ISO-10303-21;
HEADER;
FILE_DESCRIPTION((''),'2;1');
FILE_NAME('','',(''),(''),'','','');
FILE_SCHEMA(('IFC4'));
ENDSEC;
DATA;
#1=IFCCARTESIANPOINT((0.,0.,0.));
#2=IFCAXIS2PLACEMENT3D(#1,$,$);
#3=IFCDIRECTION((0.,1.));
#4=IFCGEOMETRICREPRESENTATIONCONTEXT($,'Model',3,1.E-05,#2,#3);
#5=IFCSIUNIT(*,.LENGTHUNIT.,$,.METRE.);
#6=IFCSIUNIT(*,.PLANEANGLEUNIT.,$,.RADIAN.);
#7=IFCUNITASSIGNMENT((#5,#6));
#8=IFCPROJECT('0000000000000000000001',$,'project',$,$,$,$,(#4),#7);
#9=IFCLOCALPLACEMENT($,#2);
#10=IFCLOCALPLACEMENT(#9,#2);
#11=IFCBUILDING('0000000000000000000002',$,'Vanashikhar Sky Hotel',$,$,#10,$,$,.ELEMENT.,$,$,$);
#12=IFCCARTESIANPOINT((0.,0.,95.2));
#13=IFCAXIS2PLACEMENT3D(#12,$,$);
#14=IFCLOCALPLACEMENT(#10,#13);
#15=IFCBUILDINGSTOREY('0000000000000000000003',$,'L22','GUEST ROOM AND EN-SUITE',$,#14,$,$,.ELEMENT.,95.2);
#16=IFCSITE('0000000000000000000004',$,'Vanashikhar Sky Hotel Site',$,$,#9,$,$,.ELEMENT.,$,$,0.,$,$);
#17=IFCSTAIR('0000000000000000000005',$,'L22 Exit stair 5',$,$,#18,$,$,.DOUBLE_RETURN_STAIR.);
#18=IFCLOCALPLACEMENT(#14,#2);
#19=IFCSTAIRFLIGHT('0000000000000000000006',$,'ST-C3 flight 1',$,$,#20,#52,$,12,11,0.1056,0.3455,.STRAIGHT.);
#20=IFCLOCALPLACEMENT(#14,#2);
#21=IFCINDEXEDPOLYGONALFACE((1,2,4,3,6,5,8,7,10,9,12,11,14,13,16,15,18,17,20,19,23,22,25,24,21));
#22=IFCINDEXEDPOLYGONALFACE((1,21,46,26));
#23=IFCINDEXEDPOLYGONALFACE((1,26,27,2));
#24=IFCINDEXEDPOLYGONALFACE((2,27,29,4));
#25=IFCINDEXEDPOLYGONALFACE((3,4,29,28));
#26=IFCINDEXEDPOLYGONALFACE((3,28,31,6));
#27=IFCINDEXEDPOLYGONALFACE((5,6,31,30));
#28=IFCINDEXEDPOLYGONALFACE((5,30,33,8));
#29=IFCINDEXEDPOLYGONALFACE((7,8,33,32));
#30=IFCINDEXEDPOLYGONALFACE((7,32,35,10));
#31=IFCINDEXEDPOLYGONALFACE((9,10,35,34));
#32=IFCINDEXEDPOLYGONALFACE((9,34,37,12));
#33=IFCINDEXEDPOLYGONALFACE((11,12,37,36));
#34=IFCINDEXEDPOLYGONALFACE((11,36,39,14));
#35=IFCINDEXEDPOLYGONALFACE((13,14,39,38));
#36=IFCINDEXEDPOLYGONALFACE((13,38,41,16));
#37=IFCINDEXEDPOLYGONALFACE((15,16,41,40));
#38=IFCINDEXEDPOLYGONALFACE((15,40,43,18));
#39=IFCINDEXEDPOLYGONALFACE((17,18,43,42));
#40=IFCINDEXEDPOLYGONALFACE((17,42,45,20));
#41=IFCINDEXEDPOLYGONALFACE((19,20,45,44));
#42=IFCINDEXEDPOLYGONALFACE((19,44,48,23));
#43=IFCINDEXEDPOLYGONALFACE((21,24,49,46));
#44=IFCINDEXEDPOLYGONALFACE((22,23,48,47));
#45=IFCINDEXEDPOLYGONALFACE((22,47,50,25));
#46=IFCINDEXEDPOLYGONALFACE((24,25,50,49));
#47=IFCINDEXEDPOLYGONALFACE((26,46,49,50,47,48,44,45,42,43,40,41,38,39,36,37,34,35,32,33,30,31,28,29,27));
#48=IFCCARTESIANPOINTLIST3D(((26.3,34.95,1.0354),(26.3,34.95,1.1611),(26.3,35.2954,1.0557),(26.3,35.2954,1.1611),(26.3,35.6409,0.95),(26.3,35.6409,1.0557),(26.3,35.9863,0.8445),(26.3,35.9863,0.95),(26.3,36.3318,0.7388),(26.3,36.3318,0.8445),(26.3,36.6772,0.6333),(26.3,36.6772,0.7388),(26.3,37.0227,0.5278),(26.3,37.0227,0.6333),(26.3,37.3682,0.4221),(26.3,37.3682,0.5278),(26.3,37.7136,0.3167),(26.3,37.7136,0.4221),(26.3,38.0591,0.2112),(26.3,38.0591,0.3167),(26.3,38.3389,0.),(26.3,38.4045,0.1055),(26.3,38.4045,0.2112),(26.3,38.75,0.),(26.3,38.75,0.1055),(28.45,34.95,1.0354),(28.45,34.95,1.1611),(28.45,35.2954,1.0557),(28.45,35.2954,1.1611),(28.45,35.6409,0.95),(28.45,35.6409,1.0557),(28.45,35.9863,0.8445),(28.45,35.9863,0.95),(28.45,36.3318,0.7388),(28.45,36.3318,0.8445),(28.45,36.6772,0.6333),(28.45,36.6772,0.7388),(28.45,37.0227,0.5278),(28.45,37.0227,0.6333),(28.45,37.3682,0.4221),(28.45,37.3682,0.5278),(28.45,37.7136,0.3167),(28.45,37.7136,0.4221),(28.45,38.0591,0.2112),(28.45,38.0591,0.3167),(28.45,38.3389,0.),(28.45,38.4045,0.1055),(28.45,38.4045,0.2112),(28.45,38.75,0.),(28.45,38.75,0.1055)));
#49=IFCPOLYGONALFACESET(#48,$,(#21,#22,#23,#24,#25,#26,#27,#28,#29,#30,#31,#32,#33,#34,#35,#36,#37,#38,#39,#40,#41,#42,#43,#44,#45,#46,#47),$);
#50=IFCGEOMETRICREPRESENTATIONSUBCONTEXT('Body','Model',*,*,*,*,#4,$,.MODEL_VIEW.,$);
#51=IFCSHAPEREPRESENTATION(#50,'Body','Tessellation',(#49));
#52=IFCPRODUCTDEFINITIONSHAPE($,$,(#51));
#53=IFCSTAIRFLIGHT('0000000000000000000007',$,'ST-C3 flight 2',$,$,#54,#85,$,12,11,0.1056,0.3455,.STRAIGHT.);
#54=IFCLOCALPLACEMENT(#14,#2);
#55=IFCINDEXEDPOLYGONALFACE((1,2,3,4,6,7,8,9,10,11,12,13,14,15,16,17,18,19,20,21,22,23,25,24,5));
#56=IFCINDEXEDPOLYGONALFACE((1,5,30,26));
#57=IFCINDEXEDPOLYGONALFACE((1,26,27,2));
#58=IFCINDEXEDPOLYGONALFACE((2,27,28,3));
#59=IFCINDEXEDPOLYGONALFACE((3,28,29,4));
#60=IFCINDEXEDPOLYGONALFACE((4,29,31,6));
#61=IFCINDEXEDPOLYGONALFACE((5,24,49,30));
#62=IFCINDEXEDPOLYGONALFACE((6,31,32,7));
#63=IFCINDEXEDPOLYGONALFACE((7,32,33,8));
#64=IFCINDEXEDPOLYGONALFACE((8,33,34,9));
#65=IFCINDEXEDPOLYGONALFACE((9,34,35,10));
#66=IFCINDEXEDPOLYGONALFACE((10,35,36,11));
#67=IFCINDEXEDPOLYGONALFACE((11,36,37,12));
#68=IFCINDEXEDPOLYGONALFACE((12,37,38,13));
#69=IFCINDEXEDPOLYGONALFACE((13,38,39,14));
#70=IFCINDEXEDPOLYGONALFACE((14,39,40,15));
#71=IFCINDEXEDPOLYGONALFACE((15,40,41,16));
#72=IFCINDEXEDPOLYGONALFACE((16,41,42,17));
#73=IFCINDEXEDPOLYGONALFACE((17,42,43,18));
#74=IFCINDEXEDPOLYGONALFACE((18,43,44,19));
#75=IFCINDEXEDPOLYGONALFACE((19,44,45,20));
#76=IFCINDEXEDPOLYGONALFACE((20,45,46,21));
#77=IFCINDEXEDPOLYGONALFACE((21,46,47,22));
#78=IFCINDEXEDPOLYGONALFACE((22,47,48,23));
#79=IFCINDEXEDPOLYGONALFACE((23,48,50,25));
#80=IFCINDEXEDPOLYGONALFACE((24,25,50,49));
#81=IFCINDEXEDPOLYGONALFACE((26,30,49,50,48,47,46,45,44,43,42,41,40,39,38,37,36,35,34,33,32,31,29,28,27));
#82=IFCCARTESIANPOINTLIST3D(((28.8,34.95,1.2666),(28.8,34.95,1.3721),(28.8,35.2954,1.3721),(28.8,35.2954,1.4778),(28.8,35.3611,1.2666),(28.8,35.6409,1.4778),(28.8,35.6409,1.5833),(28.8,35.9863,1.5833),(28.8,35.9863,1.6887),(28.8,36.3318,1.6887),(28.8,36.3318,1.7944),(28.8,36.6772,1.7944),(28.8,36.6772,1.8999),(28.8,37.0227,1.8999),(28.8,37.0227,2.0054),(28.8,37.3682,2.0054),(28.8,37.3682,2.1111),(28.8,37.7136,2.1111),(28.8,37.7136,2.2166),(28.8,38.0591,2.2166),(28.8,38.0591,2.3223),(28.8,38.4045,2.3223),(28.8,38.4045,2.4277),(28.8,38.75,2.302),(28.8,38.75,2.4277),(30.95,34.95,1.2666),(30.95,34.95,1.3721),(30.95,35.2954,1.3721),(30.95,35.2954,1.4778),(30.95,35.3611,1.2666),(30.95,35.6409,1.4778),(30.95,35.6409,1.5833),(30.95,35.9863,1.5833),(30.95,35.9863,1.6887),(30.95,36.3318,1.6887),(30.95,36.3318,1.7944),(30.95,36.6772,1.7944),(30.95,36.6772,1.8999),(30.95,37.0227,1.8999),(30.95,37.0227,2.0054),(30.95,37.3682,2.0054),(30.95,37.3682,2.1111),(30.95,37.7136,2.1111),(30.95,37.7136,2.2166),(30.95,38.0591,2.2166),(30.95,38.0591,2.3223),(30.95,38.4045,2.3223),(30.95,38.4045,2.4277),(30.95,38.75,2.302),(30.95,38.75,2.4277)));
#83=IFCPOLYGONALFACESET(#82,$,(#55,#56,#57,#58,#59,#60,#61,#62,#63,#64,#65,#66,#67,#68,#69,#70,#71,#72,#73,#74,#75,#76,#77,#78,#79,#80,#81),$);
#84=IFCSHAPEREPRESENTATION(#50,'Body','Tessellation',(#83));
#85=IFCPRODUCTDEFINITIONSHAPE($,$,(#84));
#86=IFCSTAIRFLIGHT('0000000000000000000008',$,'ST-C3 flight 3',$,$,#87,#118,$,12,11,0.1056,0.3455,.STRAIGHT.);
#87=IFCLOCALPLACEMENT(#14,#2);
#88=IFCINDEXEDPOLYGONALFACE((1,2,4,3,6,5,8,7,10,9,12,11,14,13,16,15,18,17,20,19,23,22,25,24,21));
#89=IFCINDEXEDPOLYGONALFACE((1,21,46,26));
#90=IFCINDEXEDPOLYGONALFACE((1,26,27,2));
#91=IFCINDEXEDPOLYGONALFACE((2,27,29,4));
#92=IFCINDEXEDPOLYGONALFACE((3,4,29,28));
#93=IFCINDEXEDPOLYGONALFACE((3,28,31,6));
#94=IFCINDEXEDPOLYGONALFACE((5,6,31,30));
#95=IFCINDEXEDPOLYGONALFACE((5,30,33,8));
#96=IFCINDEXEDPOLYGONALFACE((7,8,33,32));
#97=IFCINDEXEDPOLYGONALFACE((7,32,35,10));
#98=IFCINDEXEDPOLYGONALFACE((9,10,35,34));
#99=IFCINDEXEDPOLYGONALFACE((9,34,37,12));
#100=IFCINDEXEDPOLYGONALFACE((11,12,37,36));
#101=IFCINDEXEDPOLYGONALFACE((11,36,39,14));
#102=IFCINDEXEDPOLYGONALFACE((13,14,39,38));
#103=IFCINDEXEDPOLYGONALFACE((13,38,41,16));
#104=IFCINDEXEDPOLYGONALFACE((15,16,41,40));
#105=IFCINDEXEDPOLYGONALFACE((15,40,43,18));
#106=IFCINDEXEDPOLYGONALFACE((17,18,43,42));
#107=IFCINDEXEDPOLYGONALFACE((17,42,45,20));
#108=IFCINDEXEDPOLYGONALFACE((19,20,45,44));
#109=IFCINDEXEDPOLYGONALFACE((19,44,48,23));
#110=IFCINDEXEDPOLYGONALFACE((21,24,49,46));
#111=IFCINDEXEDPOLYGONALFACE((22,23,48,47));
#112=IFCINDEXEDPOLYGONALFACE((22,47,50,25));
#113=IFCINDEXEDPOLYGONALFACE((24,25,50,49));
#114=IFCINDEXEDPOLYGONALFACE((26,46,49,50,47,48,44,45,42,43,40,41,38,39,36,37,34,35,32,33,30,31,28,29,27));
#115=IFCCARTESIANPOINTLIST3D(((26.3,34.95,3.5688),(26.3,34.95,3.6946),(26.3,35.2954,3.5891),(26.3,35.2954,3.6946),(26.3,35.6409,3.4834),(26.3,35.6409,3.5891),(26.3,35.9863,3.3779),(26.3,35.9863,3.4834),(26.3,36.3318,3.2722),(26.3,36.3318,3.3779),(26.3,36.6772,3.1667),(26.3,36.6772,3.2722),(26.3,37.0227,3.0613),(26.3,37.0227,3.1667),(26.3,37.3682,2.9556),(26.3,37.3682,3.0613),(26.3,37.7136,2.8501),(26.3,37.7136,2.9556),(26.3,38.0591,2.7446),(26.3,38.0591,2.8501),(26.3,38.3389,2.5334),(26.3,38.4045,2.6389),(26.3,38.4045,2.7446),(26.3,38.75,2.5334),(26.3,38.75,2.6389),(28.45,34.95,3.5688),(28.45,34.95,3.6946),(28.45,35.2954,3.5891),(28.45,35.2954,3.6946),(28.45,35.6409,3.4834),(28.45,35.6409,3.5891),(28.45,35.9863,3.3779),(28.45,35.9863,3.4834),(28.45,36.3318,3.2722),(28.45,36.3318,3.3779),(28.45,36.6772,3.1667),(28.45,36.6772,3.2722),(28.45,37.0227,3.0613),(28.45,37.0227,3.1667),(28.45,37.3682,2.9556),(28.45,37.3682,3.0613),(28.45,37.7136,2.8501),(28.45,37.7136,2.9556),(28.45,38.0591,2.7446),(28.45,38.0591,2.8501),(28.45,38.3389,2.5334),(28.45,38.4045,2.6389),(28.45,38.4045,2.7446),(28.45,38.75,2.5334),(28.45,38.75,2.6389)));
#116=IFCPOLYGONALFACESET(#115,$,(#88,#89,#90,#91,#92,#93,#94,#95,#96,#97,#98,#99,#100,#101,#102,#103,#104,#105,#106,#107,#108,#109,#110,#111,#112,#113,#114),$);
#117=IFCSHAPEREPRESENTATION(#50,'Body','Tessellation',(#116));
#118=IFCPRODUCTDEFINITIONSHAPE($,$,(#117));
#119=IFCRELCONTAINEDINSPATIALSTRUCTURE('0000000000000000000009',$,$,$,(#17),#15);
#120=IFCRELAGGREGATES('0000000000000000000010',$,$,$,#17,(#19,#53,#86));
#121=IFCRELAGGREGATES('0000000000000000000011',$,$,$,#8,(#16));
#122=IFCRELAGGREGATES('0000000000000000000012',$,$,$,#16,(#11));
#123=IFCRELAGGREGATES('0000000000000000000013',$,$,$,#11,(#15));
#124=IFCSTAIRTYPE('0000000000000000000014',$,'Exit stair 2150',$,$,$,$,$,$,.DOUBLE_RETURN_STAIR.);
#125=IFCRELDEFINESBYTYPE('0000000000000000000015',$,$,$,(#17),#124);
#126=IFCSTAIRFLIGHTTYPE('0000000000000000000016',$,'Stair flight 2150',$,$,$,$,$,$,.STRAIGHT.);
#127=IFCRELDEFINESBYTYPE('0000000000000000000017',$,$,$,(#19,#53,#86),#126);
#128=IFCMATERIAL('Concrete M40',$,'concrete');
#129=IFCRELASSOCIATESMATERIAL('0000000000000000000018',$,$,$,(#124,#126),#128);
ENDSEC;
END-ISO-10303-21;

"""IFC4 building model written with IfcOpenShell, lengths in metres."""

from ifc_helpers import new_model, si_unit, direction, frame, origin, place, context, subcontext, project, spatial, polyline, outline, extrude, source, transform, mapped, material, type_object, element, aggregate, save


model = new_model("IFC4")

# Units and contexts
model_context = context("Model", 3, precision=1e-05, world=origin(), true_north=direction((0.0, 1.0)))
body_context = subcontext(model_context, "Body", "Model", "MODEL_VIEW")
ifc_project = project(units=[si_unit("LENGTHUNIT", "METRE"), si_unit("PLANEANGLEUNIT", "RADIAN")], contexts=[model_context])

# Site, building, storey
site_placement = place(None, origin())
site = spatial("IfcSite", under=ifc_project, at=site_placement, Name="Vanashikhar Sky Hotel Site", CompositionType="ELEMENT", RefElevation=0.0)
building_placement = place(site_placement, origin())
building = spatial("IfcBuilding", under=site, at=building_placement, Name="Vanashikhar Sky Hotel", CompositionType="ELEMENT")
storey_placement = place(building_placement, frame((0.0, 0.0, 95.2)))
storey = spatial("IfcBuildingStorey", under=building, at=storey_placement, Name="L22", Description="GUEST ROOM AND EN-SUITE", CompositionType="ELEMENT", Elevation=95.2)

# Shared definitions
ifc_material_1 = material(Name="Concrete M40", Category="concrete")

# Stair, stair flights
stair_type = type_object("IfcStairType", Name="Exit stair 2150", PredefinedType="DOUBLE_RETURN_STAIR", material=ifc_material_1)
stair_flight_type = type_object("IfcStairFlightType", Name="Stair flight 2150", PredefinedType="STRAIGHT", material=ifc_material_1)
shared_shape_1 = source(origin(), body_context, "Body", "SweptSolid", [
    extrude(outline(polyline([(0.0, 0.0), (0.0, 0.1055), (0.3455, 0.1055), (0.3455, 0.2112), (0.6909, 0.2112), (0.6909, 0.3167), (1.0364, 0.3167), (1.0364, 0.4221), (1.3818, 0.4221), (1.3818, 0.5278), (1.7273, 0.5278), (1.7273, 0.6333), (2.0728, 0.6333), (2.0728, 0.7388), (2.4182, 0.7388), (2.4182, 0.8445), (2.7637, 0.8445), (2.7637, 0.95), (3.1091, 0.95), (3.1091, 1.0557), (3.4546, 1.0557), (3.4546, 1.1611), (3.8, 1.1611), (3.8, 1.2666), (3.8, 1.0354), (0.4111, 0.0), (0.0, 0.0)])), frame((0.0, 1.075, 0.0), z_axis=(0.0, -1.0, 0.0), x_axis=(1.0, 0.0, 0.0)), (0.0, 0.0, 1.0), 2.1499),
])
stair_1_placement = place(storey_placement, origin())
stair_1 = element("IfcStair", 1, at=stair_1_placement, inside=storey, type_object=stair_type, Name="L22 Exit stair 5", PredefinedType="DOUBLE_RETURN_STAIR")
stair_flight_1_placement = place(storey_placement, frame((27.375, 38.75, 0.0), z_axis=(0.0, 0.0, 1.0), x_axis=(0.0, -1.0, 0.0)))
stair_flight_1 = element("IfcStairFlight", 2, at=stair_flight_1_placement, type_object=stair_flight_type, Name="ST-C3 flight 1", NumberOfRisers=12, NumberOfTreads=11, PredefinedType="STRAIGHT", RiserHeight=0.1056, TreadLength=0.3455, context=body_context, shape_type="MappedRepresentation", body=[
    mapped(shared_shape_1, transform((0.0, 0.0, 0.0), scale=1.0)),
])
stair_flight_2_placement = place(storey_placement, frame((29.875, 34.95, 1.2666), z_axis=(0.0, 0.0, 1.0), x_axis=(0.0, 1.0, 0.0)))
stair_flight_2 = element("IfcStairFlight", 3, at=stair_flight_2_placement, type_object=stair_flight_type, Name="ST-C3 flight 2", NumberOfRisers=12, NumberOfTreads=11, PredefinedType="STRAIGHT", RiserHeight=0.1056, TreadLength=0.3455, context=body_context, shape_type="MappedRepresentation", body=[
    mapped(shared_shape_1, transform((0.0, 0.0, 0.0), scale=1.0)),
])
stair_flight_3_placement = place(storey_placement, frame((27.375, 38.75, 2.5334), z_axis=(0.0, 0.0, 1.0), x_axis=(0.0, -1.0, 0.0)))
stair_flight_3 = element("IfcStairFlight", 4, at=stair_flight_3_placement, type_object=stair_flight_type, Name="ST-C3 flight 3", NumberOfRisers=12, NumberOfTreads=11, PredefinedType="STRAIGHT", RiserHeight=0.1056, TreadLength=0.3455, context=body_context, shape_type="MappedRepresentation", body=[
    mapped(shared_shape_1, transform((0.0, 0.0, 0.0), scale=1.0)),
])
aggregate(stair_1, [stair_flight_1, stair_flight_2, stair_flight_3])

save(model, "model.ifc")
